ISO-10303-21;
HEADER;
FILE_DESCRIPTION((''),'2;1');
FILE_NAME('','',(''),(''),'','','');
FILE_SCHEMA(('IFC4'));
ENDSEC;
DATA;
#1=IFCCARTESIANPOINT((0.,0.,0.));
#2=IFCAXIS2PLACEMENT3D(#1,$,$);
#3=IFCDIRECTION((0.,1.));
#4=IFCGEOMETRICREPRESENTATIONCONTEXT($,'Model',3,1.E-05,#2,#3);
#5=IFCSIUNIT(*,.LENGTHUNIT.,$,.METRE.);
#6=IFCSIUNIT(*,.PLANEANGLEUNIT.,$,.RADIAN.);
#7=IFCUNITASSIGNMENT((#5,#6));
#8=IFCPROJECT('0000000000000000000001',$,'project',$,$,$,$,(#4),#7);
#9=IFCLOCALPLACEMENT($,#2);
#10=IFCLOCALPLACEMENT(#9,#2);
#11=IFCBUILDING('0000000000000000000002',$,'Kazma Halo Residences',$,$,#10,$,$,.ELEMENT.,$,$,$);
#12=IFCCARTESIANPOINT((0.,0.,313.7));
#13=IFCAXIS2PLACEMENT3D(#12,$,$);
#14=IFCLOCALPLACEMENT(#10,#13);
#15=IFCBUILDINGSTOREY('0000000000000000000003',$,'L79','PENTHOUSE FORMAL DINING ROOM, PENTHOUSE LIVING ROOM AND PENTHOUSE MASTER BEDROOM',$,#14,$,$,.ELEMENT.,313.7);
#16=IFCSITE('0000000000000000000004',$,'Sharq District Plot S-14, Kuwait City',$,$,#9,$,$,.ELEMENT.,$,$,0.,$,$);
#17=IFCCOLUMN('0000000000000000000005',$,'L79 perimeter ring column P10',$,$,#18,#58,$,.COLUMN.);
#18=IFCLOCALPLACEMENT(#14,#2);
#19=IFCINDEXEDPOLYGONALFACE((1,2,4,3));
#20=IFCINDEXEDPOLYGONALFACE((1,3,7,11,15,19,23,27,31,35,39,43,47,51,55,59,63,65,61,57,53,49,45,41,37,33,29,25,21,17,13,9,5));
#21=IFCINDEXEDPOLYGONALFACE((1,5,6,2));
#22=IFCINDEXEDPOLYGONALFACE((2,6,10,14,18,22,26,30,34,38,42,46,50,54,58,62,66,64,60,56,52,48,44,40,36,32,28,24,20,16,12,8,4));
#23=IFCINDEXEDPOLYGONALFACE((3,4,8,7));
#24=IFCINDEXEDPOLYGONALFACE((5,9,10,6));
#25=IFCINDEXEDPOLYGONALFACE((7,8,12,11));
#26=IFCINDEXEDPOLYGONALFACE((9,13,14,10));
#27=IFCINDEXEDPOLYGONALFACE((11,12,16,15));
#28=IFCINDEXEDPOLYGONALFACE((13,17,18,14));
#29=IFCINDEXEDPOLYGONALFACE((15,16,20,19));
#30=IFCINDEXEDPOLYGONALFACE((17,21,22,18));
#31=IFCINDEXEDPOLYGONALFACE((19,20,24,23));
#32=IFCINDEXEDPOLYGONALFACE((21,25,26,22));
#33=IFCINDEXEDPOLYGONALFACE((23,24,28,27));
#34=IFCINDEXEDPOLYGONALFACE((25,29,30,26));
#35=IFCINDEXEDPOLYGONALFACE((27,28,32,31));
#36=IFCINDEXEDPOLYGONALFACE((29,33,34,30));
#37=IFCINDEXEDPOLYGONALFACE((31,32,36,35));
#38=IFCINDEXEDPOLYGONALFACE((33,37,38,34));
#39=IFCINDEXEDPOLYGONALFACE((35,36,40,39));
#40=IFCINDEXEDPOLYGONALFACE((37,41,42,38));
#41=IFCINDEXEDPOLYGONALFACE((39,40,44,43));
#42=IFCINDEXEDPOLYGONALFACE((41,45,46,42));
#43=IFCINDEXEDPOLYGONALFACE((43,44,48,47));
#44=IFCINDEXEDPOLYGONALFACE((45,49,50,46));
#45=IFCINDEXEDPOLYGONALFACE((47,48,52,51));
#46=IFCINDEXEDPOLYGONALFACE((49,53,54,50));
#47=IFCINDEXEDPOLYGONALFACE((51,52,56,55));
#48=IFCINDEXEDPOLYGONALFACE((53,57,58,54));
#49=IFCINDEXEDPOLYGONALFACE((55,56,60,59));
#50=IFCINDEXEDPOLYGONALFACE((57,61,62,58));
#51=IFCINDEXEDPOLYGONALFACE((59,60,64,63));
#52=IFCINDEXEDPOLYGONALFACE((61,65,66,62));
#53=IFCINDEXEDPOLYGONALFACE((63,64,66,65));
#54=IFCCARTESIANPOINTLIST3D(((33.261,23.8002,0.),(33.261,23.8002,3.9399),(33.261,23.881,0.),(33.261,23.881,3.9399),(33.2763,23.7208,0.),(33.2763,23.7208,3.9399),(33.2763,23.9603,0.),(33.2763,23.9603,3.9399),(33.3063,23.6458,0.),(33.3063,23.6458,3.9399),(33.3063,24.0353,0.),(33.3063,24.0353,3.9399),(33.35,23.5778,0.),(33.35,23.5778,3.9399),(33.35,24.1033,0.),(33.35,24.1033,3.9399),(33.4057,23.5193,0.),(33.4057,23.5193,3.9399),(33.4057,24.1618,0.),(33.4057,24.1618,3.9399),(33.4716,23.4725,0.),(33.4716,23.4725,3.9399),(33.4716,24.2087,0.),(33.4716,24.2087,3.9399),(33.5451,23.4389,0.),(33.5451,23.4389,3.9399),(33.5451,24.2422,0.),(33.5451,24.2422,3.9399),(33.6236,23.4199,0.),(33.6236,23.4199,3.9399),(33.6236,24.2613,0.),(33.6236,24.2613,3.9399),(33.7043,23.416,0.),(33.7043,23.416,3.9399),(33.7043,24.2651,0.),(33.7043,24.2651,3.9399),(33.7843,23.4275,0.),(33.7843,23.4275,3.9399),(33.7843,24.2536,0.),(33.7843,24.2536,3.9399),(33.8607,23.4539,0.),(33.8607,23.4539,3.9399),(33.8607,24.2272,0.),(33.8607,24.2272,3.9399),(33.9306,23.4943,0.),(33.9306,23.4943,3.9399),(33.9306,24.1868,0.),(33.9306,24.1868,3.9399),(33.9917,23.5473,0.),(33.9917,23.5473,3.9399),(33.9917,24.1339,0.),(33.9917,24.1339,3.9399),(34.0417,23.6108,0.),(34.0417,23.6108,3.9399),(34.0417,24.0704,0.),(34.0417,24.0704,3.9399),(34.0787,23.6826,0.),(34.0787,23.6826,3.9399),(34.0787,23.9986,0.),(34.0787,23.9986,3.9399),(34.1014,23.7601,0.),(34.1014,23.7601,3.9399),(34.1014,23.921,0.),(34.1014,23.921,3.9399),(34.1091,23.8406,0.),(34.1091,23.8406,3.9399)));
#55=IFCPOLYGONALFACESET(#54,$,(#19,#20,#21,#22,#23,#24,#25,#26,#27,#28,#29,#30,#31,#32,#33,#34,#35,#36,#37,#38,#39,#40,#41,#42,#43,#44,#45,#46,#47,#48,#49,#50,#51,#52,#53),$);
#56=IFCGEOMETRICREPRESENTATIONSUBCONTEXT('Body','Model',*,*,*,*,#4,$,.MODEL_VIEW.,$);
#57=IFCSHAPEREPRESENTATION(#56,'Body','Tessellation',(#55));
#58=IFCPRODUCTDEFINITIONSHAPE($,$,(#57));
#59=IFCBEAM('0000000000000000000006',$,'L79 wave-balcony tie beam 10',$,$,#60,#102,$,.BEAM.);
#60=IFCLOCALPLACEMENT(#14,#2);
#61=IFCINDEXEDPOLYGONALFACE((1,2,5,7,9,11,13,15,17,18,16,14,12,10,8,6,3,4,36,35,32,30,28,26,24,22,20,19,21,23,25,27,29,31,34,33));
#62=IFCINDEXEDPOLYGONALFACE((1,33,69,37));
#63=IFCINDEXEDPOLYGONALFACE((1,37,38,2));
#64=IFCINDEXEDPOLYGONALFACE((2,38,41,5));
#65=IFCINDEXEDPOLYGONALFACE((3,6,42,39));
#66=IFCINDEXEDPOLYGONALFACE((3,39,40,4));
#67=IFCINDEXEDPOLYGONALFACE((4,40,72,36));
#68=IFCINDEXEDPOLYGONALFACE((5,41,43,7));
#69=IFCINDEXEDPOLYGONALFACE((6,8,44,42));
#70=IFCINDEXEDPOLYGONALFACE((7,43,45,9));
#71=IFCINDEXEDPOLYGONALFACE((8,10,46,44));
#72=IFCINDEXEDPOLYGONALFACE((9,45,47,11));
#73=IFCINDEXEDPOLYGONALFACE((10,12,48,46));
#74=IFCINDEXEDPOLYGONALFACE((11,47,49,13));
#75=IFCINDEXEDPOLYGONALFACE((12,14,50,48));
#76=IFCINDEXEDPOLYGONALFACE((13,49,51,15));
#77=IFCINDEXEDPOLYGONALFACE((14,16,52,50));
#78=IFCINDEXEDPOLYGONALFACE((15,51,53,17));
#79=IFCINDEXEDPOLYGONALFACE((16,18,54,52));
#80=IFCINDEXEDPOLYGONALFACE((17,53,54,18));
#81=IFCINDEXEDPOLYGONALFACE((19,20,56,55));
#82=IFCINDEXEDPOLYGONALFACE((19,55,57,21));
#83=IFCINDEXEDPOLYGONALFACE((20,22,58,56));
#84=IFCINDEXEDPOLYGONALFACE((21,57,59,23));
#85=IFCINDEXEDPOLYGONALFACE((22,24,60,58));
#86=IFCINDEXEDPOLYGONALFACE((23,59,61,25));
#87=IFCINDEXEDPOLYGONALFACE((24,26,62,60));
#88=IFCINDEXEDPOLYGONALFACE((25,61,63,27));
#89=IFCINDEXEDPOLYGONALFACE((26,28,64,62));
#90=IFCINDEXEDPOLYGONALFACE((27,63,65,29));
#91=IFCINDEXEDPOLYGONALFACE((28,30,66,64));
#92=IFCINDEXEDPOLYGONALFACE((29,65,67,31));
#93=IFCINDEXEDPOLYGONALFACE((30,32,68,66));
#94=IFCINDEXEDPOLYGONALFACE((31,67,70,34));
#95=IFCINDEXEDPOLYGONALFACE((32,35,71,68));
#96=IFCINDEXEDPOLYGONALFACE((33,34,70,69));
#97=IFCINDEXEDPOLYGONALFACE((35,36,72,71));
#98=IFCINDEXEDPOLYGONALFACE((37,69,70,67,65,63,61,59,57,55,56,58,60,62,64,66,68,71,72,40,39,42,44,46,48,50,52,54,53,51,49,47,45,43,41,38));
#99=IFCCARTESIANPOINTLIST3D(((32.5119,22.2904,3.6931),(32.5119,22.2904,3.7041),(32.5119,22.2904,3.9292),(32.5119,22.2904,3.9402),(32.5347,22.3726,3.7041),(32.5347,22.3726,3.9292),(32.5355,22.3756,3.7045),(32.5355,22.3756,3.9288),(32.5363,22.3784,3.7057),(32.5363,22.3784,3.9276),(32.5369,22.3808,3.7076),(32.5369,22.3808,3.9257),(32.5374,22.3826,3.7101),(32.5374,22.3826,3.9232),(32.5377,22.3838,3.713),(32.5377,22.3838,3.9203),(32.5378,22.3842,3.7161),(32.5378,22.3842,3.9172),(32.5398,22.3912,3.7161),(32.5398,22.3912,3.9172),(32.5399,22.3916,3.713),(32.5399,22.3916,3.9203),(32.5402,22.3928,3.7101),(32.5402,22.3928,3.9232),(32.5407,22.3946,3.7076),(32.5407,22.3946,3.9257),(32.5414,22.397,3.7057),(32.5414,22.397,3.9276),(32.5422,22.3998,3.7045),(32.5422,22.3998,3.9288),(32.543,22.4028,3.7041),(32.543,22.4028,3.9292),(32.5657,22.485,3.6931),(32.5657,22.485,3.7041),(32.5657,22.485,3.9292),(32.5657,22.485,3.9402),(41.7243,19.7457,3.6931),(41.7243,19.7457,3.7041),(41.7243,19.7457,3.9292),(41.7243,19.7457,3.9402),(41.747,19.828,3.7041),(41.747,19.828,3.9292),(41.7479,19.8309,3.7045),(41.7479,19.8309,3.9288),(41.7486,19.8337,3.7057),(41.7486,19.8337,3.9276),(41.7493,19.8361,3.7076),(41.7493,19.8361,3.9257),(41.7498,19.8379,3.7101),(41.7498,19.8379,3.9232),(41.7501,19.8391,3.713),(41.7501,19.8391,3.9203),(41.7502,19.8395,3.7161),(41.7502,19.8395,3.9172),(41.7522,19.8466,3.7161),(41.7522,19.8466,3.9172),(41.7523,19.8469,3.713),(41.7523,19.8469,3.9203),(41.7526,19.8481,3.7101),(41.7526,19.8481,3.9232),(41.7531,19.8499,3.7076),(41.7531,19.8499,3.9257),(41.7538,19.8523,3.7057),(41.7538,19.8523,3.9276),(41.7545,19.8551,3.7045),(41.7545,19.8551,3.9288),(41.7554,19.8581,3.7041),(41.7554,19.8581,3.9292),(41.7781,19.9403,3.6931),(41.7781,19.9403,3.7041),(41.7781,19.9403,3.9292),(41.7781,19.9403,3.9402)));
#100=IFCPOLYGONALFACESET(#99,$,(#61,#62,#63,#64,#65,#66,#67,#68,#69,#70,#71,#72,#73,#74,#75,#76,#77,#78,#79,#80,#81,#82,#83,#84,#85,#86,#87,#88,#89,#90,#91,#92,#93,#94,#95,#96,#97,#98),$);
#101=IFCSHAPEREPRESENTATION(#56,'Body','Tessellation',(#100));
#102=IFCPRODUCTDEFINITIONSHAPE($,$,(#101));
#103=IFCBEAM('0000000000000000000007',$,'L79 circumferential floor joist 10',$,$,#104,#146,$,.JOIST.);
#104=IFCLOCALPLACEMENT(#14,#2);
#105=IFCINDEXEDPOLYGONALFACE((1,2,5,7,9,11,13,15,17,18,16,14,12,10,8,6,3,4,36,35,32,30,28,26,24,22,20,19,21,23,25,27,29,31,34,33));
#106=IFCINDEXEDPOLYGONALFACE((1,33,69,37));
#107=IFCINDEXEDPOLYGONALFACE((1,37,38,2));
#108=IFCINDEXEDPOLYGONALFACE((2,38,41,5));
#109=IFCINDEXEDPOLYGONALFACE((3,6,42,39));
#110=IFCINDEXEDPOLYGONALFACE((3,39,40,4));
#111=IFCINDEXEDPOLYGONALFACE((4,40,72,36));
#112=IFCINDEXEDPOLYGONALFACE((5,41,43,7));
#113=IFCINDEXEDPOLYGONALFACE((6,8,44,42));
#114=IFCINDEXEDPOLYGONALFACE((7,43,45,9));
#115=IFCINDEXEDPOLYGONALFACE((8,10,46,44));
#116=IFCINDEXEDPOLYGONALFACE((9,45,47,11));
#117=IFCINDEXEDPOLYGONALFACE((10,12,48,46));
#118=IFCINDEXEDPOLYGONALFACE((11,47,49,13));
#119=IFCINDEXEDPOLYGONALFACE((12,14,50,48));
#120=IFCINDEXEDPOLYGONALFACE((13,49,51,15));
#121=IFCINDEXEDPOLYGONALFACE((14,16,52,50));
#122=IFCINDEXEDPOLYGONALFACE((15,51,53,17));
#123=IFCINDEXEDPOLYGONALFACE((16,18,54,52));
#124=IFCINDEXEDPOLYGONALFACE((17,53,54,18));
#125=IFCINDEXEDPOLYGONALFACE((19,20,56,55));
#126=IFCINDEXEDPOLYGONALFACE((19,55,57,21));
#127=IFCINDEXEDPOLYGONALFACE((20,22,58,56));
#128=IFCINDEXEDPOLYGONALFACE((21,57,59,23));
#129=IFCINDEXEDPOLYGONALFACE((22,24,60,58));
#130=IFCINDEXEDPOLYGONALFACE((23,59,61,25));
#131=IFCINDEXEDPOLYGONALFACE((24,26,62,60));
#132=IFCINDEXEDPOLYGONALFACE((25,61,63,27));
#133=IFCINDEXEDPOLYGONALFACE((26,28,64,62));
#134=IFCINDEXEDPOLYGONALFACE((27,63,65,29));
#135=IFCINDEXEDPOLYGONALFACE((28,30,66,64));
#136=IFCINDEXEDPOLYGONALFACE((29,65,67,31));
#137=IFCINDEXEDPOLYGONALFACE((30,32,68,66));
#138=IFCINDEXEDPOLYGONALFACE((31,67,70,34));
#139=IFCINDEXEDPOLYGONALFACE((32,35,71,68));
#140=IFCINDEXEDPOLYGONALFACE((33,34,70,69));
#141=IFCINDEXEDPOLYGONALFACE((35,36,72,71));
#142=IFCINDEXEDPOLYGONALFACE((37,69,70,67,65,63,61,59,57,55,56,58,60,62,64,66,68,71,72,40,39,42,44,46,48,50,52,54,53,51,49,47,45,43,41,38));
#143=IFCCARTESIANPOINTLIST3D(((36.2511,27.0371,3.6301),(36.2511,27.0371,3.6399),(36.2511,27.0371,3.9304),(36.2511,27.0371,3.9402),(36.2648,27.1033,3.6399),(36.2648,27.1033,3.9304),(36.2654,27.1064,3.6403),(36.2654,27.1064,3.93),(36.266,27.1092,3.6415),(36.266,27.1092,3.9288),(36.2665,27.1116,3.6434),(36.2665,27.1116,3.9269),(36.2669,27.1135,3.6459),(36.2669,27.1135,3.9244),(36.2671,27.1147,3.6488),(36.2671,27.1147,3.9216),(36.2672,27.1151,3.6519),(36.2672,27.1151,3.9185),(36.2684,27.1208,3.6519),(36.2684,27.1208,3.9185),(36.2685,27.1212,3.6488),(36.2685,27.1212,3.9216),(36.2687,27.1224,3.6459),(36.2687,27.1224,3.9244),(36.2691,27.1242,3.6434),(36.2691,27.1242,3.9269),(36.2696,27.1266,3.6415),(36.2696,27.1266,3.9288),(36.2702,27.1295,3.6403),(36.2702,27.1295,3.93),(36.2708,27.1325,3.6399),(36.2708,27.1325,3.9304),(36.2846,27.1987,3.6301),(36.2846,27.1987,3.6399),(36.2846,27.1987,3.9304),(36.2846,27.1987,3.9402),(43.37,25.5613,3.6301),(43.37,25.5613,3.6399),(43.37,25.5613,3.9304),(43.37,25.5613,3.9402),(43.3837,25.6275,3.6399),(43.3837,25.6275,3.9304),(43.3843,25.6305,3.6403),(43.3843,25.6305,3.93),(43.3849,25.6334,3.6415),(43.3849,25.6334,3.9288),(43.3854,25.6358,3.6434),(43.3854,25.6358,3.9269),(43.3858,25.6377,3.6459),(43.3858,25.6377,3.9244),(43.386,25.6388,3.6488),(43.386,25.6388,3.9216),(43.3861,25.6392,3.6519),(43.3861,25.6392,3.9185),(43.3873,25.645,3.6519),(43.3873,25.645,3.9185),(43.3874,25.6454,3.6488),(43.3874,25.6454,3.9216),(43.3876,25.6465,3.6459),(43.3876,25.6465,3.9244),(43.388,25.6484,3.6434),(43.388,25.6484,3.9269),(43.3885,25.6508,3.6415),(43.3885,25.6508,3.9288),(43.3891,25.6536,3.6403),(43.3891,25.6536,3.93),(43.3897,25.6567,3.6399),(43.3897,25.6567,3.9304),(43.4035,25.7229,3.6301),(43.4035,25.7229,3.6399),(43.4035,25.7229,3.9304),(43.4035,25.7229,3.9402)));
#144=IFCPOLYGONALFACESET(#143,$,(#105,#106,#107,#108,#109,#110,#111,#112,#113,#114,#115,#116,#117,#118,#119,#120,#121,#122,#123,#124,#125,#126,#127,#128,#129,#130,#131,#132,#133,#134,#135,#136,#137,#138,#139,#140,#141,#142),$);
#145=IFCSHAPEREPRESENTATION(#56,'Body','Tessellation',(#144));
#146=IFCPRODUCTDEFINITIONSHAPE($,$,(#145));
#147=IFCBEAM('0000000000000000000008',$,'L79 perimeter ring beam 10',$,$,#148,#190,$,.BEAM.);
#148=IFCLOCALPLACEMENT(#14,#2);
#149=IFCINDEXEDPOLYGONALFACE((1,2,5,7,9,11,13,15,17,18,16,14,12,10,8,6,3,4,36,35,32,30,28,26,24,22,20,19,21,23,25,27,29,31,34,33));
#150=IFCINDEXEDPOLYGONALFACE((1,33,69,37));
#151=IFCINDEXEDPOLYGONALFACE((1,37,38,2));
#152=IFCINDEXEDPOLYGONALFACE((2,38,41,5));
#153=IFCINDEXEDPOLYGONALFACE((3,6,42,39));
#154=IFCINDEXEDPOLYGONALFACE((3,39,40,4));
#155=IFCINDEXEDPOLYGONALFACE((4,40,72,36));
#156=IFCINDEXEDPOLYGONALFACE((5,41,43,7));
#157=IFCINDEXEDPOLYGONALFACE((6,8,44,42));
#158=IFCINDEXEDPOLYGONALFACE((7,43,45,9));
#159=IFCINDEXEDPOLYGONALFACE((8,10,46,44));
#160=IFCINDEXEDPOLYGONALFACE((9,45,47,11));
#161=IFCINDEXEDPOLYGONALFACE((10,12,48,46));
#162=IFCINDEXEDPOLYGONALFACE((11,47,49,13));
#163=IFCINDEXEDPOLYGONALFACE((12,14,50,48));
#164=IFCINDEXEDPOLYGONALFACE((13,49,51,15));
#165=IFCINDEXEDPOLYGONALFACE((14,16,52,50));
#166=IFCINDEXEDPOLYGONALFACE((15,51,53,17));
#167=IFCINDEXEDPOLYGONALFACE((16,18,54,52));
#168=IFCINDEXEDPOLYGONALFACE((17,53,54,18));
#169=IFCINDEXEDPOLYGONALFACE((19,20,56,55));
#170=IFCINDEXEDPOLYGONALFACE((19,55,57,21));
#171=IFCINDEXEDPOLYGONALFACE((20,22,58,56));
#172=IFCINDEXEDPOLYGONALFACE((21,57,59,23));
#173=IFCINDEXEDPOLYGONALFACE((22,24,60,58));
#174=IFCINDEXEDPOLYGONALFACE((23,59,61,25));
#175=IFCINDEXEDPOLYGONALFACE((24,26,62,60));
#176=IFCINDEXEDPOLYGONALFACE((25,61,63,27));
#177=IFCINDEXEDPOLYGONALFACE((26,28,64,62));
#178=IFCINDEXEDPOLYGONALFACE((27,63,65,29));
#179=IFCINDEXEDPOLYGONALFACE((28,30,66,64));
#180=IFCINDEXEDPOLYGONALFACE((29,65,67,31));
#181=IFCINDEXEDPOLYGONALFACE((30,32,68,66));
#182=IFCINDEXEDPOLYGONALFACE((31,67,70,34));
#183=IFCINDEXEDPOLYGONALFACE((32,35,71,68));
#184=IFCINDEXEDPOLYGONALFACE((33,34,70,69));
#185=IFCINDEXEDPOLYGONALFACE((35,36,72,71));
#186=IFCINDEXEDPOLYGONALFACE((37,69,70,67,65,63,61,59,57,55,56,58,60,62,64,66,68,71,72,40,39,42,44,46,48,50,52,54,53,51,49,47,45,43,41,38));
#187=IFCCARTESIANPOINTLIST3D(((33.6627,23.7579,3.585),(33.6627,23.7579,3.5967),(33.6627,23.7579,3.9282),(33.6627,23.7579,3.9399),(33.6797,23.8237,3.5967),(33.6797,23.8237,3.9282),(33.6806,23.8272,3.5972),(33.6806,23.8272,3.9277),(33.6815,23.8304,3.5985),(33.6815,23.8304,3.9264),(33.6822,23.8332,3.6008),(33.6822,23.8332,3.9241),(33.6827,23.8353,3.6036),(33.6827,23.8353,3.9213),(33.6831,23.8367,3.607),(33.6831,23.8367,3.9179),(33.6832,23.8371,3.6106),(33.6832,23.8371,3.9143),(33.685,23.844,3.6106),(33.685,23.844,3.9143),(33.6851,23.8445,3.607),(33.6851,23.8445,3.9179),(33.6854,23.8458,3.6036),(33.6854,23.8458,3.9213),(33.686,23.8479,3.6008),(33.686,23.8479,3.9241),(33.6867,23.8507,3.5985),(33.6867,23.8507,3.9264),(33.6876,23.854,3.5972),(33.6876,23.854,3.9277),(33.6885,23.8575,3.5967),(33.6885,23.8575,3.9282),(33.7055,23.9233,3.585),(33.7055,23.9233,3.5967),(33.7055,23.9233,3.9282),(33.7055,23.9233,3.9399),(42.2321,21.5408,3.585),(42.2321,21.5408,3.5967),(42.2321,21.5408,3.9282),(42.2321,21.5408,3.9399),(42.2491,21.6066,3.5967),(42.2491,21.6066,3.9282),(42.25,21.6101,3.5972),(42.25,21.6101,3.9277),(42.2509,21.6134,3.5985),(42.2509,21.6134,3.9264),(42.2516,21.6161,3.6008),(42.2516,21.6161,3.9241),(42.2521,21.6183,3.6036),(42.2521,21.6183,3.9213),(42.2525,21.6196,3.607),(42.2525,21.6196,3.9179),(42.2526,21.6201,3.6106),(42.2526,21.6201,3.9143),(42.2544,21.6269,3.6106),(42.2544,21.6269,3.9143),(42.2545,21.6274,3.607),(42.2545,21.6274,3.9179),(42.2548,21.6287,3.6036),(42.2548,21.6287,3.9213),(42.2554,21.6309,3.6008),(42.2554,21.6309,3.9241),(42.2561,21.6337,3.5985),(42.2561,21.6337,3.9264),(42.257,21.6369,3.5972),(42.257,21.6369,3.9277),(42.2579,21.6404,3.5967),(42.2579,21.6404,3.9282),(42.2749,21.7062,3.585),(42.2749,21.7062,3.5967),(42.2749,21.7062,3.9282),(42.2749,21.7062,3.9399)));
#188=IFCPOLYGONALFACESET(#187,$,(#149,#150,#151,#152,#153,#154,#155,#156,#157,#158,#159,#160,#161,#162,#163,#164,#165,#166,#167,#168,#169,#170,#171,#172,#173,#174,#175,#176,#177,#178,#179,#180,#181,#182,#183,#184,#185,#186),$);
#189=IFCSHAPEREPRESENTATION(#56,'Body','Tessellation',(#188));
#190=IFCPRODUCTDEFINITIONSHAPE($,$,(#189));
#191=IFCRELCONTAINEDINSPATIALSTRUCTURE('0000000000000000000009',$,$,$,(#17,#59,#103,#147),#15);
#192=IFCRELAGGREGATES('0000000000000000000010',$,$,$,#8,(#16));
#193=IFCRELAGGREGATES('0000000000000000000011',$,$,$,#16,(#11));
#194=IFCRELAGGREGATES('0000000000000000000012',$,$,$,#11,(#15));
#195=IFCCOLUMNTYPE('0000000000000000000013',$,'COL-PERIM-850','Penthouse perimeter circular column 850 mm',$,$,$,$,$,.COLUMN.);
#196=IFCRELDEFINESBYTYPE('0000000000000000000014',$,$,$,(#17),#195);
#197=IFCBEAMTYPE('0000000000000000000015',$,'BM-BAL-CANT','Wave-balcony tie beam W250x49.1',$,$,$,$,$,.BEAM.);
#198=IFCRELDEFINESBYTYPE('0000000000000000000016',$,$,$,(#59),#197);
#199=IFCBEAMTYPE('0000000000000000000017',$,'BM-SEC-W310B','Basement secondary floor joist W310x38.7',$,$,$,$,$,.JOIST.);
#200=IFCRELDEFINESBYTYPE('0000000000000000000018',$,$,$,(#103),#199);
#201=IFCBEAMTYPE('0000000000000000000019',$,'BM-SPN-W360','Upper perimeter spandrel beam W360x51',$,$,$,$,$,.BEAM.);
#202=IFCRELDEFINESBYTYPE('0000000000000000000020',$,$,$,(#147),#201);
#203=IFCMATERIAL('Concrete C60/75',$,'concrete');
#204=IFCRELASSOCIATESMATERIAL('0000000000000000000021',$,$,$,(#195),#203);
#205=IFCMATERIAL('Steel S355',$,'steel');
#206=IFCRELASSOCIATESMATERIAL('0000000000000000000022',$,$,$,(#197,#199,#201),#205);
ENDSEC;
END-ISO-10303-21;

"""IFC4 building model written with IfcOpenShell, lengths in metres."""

from ifc_helpers import new_model, si_unit, direction, frame, origin, origin_2d, place, context, subcontext, project, spatial, circle, i_section, extrude, material, material_profile, profile_set, type_object, element, save


model = new_model("IFC4")

# Units and contexts
model_context = context("Model", 3, precision=1e-05, world=origin(), true_north=direction((0.0, 1.0)))
body_context = subcontext(model_context, "Body", "Model", "MODEL_VIEW")
ifc_project = project(units=[si_unit("LENGTHUNIT", "METRE"), si_unit("PLANEANGLEUNIT", "RADIAN")], contexts=[model_context])

# Site, building, storey
site_placement = place(None, origin())
site = spatial("IfcSite", under=ifc_project, at=site_placement, Name="Sharq District Plot S-14, Kuwait City", CompositionType="ELEMENT", RefElevation=0.0)
building_placement = place(site_placement, origin())
building = spatial("IfcBuilding", under=site, at=building_placement, Name="Kazma Halo Residences", CompositionType="ELEMENT")
storey_placement = place(building_placement, frame((0.0, 0.0, 313.7)))
storey = spatial("IfcBuildingStorey", under=building, at=storey_placement, Name="L79", Description="PENTHOUSE FORMAL DINING ROOM, PENTHOUSE LIVING ROOM AND PENTHOUSE MASTER BEDROOM", CompositionType="ELEMENT", Elevation=313.7)

# Column
ifc_material_1 = material(Name="Concrete C60/75", Category="concrete")
ifc_material_profile_1 = material_profile(ifc_material_1, circle(Radius=0.425, at=origin_2d()), Name="CIRC850")
ifc_profile_set_1 = profile_set([ifc_material_profile_1], Name="Concrete C60/75")
column_type = type_object("IfcColumnType", Name="COL-PERIM-850", Description="Penthouse perimeter circular column 850 mm", PredefinedType="COLUMN", material=ifc_profile_set_1)
column_placement = place(storey_placement, frame((33.6841, 23.8406, 0.0), z_axis=(0.0, 0.0, 1.0), x_axis=(1.0, 0.0, 0.0)))
element("IfcColumn", 1, at=column_placement, inside=storey, type_object=column_type, Name="L79 perimeter ring column P10", PredefinedType="COLUMN", context=body_context, shape_type="SweptSolid", body=[
    extrude(circle(Radius=0.425, at=origin_2d()), origin(), (0.0, 0.0, 1.0), 3.9399),
])

# Beams
ifc_material_2 = material(Name="Steel S355", Category="steel")
ifc_material_profile_2 = material_profile(ifc_material_2, i_section(OverallWidth=0.2019, OverallDepth=0.2471, WebThickness=0.0073, FlangeThickness=0.011, FilletRadius=0.012, at=origin_2d()), Name="W250x49.1")
ifc_profile_set_2 = profile_set([ifc_material_profile_2], Name="Steel S355")
beam_type_1 = type_object("IfcBeamType", Name="BM-BAL-CANT", Description="Wave-balcony tie beam W250x49.1", PredefinedType="BEAM", material=ifc_profile_set_2)
beam_1_placement = place(storey_placement, frame((32.5388, 22.3877, 3.8167), z_axis=(0.963903, -0.266252, 0.0), x_axis=(0.266252, 0.963903, 0.0)))
element("IfcBeam", 2, at=beam_1_placement, inside=storey, type_object=beam_type_1, Name="L79 wave-balcony tie beam 10", PredefinedType="BEAM", context=body_context, shape_type="SweptSolid", body=[
    extrude(i_section(OverallWidth=0.2019, OverallDepth=0.2471, WebThickness=0.0073, FlangeThickness=0.011, FilletRadius=0.012, at=origin_2d()), origin(), (0.0, 0.0, 1.0), 9.5574),
])
ifc_material_profile_3 = material_profile(ifc_material_2, i_section(OverallWidth=0.165, OverallDepth=0.3101, WebThickness=0.0059, FlangeThickness=0.0098, FilletRadius=0.012, at=origin_2d()), Name="W310x38.7")
ifc_profile_set_3 = profile_set([ifc_material_profile_3], Name="Steel S355")
beam_type_2 = type_object("IfcBeamType", Name="BM-SEC-W310B", Description="Basement secondary floor joist W310x38.7", PredefinedType="JOIST", material=ifc_profile_set_3)
beam_2_placement = place(storey_placement, frame((36.2678, 27.1179, 3.7852), z_axis=(0.97918, -0.202995, 0.0), x_axis=(0.202995, 0.97918, 0.0)))
element("IfcBeam", 3, at=beam_2_placement, inside=storey, type_object=beam_type_2, Name="L79 circumferential floor joist 10", PredefinedType="JOIST", context=body_context, shape_type="SweptSolid", body=[
    extrude(i_section(OverallWidth=0.165, OverallDepth=0.3101, WebThickness=0.0059, FlangeThickness=0.0098, FilletRadius=0.012, at=origin_2d()), origin(), (0.0, 0.0, 1.0), 7.2703),
])
ifc_material_profile_4 = material_profile(ifc_material_2, i_section(OverallWidth=0.1709, OverallDepth=0.355, WebThickness=0.0071, FlangeThickness=0.0117, FilletRadius=0.0139, at=origin_2d()), Name="W360x51")
ifc_profile_set_4 = profile_set([ifc_material_profile_4], Name="Steel S355")
beam_type_3 = type_object("IfcBeamType", Name="BM-SPN-W360", Description="Upper perimeter spandrel beam W360x51", PredefinedType="BEAM", material=ifc_profile_set_4)
beam_3_placement = place(storey_placement, frame((33.6841, 23.8406, 3.7625), z_axis=(0.968124, -0.250471, 0.0), x_axis=(0.250471, 0.968124, 0.0)))
element("IfcBeam", 4, at=beam_3_placement, inside=storey, type_object=beam_type_3, Name="L79 perimeter ring beam 10", PredefinedType="BEAM", context=body_context, shape_type="SweptSolid", body=[
    extrude(i_section(OverallWidth=0.1709, OverallDepth=0.355, WebThickness=0.0071, FlangeThickness=0.0117, FilletRadius=0.0139, at=origin_2d()), origin(), (0.0, 0.0, 1.0), 8.8516),
])

save(model, "model.ifc")
